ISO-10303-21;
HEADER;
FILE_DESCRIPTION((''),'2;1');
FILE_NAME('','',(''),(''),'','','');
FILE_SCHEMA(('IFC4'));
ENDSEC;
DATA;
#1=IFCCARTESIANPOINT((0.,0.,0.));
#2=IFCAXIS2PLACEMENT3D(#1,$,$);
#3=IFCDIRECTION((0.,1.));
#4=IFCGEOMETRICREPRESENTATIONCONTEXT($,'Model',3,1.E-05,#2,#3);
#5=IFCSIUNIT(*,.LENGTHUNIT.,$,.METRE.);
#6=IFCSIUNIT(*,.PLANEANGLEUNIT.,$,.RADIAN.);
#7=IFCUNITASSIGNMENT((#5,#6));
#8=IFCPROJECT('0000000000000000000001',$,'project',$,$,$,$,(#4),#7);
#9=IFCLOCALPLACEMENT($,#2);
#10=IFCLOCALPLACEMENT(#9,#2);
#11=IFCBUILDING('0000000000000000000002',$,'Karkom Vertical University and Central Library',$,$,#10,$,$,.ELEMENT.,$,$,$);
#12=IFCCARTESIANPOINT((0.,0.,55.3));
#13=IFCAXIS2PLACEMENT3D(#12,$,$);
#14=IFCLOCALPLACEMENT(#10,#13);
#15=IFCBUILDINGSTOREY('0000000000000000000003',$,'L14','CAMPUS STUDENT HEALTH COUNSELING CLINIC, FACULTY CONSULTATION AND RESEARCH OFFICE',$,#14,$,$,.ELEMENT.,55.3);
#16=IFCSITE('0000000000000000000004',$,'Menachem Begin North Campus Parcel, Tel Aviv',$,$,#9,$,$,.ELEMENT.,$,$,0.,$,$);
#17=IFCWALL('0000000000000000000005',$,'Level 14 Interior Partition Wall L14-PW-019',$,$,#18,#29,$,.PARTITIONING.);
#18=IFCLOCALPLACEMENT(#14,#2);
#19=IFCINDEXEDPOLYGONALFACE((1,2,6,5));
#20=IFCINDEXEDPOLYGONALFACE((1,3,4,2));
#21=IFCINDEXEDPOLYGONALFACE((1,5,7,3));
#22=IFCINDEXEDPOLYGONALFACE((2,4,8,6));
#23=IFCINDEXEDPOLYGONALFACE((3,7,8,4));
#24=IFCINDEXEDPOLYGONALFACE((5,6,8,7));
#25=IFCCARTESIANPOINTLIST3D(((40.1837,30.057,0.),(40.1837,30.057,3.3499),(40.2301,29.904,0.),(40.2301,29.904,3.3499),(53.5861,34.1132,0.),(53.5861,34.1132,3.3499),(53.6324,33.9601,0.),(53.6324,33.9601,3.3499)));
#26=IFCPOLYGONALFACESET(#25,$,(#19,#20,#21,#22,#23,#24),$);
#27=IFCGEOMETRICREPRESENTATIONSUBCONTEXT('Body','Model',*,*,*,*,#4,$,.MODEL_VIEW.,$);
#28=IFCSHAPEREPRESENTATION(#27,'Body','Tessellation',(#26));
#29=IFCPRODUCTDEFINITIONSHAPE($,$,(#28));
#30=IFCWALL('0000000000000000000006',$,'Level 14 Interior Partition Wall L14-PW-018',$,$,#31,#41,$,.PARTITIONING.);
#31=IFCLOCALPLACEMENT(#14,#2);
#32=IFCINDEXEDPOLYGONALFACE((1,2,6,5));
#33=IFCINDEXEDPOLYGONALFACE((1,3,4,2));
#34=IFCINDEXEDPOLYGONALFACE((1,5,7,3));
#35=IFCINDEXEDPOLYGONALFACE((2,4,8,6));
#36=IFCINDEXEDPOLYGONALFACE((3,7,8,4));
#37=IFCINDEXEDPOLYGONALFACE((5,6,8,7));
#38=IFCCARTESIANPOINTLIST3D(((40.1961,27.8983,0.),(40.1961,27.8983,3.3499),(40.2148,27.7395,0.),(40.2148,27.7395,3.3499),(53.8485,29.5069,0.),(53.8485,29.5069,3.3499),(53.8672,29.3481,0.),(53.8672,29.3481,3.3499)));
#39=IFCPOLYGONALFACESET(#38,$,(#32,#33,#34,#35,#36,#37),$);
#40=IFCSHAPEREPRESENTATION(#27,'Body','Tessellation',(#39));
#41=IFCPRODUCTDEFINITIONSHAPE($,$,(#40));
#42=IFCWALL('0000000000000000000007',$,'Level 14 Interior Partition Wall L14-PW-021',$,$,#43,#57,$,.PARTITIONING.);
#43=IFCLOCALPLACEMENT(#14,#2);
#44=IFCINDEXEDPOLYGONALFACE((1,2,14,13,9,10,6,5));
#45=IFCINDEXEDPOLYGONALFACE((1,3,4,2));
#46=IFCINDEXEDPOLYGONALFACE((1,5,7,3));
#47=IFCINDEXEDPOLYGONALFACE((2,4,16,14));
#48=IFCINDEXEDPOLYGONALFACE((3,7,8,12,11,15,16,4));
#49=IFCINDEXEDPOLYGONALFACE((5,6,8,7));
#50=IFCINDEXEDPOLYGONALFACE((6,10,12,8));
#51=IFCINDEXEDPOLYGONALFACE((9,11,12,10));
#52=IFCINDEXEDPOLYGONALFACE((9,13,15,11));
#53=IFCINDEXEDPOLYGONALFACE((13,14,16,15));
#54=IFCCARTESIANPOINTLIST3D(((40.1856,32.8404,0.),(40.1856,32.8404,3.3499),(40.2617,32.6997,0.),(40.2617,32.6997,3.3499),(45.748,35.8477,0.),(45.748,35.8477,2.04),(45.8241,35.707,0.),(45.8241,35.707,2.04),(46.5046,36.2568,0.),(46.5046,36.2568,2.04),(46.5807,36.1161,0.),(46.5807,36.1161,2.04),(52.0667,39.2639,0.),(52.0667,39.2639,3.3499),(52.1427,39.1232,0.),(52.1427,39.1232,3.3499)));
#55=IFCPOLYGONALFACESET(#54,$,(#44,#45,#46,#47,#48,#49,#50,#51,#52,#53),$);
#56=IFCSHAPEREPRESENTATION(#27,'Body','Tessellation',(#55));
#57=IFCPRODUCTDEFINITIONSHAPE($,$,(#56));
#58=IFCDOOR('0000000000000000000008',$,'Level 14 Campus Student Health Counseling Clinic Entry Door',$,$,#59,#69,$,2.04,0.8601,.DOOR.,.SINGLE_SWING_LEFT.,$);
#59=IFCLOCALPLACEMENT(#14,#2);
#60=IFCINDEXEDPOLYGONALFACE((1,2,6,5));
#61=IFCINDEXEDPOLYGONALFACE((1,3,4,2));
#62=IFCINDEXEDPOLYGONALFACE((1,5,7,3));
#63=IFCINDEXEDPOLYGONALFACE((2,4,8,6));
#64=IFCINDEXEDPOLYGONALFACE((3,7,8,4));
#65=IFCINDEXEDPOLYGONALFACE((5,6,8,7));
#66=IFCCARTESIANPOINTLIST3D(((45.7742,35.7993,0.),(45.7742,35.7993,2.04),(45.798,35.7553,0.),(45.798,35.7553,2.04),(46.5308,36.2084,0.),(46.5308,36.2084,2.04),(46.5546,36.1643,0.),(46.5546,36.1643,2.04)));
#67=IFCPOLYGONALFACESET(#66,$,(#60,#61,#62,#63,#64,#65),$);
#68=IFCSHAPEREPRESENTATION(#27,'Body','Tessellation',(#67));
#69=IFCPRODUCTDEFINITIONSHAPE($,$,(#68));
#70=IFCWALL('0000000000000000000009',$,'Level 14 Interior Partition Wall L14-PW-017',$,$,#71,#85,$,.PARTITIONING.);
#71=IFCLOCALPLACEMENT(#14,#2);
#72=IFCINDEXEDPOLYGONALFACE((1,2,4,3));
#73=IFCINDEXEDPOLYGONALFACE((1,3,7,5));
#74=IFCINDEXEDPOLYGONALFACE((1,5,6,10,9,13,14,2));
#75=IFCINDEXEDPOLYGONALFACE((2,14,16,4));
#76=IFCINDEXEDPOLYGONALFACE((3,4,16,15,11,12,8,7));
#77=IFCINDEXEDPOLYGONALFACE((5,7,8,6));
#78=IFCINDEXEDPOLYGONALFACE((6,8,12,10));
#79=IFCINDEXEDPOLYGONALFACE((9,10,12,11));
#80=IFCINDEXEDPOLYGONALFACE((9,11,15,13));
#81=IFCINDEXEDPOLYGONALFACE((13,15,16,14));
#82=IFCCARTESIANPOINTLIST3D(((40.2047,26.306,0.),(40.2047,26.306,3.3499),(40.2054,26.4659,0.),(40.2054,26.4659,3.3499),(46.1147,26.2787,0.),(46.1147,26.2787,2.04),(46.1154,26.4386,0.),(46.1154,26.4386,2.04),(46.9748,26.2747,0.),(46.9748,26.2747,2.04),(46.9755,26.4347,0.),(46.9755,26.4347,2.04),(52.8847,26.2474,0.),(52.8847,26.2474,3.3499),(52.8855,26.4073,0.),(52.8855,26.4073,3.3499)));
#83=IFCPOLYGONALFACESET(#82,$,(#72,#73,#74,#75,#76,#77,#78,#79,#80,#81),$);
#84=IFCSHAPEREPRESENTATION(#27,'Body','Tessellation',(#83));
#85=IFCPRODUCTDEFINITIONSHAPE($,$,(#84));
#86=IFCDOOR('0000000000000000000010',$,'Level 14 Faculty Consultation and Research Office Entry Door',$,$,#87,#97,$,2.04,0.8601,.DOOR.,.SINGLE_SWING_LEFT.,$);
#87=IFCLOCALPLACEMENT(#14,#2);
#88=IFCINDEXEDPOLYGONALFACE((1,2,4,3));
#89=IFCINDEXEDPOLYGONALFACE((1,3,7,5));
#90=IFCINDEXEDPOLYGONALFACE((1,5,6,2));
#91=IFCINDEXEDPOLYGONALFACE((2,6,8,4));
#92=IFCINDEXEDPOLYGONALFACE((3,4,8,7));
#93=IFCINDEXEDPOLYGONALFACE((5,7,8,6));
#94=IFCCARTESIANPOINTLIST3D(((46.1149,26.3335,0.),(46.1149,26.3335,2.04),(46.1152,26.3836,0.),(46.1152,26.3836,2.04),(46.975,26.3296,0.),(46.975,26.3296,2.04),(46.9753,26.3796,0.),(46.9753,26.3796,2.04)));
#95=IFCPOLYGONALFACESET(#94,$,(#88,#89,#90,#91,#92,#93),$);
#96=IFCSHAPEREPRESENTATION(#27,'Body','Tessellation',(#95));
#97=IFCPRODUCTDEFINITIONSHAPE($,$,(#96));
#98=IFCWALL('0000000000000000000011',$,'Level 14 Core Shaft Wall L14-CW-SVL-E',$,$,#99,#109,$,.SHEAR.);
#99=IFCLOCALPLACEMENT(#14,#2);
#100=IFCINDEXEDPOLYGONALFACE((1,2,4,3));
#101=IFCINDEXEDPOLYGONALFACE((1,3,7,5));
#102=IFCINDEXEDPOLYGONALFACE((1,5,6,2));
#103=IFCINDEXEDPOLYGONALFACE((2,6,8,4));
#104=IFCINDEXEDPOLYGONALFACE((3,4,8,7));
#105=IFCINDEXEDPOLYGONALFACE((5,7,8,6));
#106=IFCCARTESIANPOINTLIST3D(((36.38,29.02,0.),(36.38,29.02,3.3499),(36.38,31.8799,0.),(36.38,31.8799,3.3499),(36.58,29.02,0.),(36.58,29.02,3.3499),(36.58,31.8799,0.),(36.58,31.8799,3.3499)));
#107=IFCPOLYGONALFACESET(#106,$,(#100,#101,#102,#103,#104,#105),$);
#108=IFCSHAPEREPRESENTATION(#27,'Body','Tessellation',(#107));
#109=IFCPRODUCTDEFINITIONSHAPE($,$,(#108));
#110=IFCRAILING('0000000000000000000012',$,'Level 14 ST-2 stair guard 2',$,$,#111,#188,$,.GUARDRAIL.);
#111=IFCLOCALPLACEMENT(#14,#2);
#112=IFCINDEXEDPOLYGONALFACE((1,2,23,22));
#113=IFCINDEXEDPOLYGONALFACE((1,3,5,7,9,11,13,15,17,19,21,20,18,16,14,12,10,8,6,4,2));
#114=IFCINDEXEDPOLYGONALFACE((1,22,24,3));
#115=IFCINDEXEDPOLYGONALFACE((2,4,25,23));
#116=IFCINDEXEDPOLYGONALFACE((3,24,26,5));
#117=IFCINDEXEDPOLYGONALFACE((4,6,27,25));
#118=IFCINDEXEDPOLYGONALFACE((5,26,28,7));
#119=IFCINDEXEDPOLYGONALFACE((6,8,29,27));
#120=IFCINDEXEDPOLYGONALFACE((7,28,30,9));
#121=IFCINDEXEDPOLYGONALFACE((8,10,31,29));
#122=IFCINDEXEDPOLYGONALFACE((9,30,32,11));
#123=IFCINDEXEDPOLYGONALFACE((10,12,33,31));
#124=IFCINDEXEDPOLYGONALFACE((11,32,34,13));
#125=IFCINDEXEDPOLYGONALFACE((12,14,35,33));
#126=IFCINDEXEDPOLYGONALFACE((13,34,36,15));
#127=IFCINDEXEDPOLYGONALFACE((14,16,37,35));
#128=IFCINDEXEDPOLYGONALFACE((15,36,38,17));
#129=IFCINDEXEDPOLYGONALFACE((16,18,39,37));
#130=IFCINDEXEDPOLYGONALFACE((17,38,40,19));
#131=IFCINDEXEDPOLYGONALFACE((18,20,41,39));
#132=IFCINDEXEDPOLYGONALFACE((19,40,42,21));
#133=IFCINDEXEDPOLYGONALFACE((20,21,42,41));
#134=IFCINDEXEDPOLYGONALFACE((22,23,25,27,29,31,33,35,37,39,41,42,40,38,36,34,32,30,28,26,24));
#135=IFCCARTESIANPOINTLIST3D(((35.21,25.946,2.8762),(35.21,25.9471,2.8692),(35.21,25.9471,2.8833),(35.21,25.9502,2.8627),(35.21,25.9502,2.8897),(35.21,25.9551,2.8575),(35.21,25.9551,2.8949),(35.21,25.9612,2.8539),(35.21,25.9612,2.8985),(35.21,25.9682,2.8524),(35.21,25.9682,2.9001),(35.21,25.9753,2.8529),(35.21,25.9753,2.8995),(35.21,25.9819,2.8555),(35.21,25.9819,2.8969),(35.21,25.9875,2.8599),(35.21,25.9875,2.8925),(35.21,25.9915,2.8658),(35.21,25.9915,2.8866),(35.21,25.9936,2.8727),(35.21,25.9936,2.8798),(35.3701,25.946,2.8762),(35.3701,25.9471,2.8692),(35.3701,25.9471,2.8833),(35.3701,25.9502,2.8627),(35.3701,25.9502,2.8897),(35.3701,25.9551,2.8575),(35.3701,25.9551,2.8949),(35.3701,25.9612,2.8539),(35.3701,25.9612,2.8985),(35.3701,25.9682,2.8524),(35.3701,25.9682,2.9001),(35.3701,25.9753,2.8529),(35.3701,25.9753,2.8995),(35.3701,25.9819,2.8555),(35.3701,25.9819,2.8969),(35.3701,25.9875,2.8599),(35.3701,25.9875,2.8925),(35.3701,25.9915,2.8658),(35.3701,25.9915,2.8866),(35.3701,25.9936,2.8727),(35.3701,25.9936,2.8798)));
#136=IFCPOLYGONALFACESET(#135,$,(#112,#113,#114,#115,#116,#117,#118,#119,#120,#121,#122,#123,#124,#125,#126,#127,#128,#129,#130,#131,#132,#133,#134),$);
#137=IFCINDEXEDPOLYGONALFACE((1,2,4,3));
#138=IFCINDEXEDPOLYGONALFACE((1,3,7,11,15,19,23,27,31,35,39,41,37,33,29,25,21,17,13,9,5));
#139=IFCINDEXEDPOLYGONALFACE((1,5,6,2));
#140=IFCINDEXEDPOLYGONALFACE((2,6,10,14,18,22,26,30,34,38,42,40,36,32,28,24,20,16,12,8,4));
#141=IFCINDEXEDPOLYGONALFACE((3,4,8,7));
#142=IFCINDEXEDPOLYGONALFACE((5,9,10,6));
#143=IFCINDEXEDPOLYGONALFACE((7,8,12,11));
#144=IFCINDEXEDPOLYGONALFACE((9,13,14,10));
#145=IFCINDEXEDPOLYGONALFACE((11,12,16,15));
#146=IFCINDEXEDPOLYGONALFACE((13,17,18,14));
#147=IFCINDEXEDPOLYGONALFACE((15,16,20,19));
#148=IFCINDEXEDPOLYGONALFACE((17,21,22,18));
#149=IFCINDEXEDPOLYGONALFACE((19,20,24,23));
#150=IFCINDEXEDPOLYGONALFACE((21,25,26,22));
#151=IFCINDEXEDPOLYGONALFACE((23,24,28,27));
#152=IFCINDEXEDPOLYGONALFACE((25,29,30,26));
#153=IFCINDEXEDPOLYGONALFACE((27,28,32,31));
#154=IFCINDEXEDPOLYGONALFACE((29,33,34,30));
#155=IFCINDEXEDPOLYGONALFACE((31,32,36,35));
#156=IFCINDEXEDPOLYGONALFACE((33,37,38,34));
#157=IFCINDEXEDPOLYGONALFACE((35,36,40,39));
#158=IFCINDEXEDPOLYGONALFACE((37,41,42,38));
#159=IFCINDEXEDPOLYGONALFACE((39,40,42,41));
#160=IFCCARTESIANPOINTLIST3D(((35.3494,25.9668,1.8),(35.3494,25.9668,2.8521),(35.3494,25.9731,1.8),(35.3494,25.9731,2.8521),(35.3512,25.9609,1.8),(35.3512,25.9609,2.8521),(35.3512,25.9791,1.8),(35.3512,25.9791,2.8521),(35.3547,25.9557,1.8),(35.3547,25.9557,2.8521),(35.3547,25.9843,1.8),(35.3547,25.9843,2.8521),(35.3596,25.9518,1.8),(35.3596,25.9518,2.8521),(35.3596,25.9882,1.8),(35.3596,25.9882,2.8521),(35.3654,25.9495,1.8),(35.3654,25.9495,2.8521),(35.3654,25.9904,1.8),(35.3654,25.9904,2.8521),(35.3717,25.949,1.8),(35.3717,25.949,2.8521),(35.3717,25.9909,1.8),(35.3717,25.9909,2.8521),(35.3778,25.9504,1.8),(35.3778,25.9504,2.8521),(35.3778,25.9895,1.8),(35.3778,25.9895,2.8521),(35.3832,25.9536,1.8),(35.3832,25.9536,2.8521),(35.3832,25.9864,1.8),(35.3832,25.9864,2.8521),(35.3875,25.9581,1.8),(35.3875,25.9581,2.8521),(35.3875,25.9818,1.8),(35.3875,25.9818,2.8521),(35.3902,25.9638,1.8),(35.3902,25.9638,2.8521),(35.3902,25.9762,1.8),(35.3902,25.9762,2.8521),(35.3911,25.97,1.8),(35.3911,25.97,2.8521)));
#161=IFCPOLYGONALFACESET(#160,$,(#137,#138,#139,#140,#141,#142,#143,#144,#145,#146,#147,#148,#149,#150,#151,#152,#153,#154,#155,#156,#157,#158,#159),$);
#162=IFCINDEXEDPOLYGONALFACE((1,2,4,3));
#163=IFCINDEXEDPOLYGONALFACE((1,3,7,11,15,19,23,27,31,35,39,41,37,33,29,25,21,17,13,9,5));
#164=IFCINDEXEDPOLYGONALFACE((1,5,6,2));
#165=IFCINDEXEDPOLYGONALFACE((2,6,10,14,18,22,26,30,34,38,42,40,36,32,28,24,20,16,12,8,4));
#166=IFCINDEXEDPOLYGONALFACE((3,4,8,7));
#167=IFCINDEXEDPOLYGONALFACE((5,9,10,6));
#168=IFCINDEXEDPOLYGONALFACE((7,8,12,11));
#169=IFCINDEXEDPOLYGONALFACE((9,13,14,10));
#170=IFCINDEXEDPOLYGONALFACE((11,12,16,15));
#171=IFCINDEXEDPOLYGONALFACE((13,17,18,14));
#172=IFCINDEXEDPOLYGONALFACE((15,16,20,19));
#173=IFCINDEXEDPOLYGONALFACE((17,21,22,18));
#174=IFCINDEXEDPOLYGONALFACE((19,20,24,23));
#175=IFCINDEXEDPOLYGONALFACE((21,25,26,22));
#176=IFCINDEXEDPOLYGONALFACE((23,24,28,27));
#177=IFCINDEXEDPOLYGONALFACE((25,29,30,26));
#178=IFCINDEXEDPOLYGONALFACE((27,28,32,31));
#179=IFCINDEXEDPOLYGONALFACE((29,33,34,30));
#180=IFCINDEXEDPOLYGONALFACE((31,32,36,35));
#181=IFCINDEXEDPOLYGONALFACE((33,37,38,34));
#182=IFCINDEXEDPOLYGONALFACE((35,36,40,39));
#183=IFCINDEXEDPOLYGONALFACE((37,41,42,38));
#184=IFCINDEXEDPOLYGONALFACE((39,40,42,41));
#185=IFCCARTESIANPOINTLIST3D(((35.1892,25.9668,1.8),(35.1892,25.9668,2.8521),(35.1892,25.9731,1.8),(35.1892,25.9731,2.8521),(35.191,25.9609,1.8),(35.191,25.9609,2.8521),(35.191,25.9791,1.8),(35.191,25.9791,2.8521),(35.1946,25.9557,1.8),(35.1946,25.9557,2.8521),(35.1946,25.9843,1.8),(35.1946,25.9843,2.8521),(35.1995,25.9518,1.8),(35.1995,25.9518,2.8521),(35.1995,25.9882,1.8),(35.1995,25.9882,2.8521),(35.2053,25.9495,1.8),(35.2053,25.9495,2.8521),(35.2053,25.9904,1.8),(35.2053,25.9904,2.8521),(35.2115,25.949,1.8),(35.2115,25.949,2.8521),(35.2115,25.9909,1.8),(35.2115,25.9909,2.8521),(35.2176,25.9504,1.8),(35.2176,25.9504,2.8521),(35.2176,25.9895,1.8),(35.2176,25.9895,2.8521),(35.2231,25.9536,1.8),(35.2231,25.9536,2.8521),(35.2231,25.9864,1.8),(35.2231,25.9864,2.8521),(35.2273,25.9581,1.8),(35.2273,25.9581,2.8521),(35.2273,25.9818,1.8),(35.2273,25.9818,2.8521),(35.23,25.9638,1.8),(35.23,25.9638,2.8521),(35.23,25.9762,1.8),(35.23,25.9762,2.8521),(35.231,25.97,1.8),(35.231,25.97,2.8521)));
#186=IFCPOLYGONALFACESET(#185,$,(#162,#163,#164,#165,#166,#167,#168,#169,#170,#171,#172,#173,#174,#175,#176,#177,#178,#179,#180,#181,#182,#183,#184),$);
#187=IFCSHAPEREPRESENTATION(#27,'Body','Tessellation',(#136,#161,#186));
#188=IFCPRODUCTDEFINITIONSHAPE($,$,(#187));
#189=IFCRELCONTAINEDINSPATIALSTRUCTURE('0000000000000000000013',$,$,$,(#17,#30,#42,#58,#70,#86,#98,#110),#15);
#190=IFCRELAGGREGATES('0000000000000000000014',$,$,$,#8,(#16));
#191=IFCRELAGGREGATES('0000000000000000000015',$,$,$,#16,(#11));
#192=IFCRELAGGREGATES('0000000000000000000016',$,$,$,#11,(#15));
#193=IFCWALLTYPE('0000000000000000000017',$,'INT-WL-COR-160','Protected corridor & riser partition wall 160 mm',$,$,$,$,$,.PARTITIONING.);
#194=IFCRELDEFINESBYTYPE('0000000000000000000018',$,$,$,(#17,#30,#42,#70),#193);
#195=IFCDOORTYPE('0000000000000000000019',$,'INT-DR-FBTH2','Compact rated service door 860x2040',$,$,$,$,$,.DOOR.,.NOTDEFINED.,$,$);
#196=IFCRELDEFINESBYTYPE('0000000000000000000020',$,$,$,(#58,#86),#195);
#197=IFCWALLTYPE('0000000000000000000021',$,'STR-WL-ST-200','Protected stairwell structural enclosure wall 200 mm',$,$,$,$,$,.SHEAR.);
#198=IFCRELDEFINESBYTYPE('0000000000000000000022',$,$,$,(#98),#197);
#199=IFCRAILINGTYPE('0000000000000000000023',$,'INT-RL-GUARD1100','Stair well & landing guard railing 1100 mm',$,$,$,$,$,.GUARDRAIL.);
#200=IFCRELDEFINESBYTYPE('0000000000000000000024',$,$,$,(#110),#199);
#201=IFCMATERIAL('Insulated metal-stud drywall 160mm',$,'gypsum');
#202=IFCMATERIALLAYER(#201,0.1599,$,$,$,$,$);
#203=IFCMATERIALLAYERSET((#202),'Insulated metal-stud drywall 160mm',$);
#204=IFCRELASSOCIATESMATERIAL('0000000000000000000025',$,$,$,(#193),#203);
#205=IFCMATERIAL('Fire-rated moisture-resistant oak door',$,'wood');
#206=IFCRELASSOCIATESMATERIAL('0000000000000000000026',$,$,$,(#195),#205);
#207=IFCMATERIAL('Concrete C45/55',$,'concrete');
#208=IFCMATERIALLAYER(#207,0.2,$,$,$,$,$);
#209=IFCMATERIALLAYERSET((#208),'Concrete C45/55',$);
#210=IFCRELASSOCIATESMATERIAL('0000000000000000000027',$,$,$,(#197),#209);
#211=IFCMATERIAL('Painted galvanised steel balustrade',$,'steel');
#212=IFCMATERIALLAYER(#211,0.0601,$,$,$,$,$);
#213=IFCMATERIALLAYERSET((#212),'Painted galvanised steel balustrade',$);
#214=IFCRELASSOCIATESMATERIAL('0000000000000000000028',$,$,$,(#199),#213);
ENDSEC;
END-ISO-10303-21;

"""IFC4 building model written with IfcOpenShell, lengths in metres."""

from ifc_helpers import new_model, si_unit, direction, frame, frame_2d, origin, origin_with_axes, origin_2d, place, context, subcontext, project, spatial, rectangle, circle, extrude, source, transform, mapped, material, layer, layer_set, type_object, element, fill, save


model = new_model("IFC4")

# Units and contexts
model_context = context("Model", 3, precision=1e-05, world=origin(), true_north=direction((0.0, 1.0)))
body_context = subcontext(model_context, "Body", "Model", "MODEL_VIEW")
ifc_project = project(units=[si_unit("LENGTHUNIT", "METRE"), si_unit("PLANEANGLEUNIT", "RADIAN")], contexts=[model_context])

# Site, building, storey
site_placement = place(None, origin())
site = spatial("IfcSite", under=ifc_project, at=site_placement, Name="Menachem Begin North Campus Parcel, Tel Aviv", CompositionType="ELEMENT", RefElevation=0.0)
building_placement = place(site_placement, origin())
building = spatial("IfcBuilding", under=site, at=building_placement, Name="Karkom Vertical University and Central Library", CompositionType="ELEMENT")
storey_placement = place(building_placement, frame((0.0, 0.0, 55.3)))
storey = spatial("IfcBuildingStorey", under=building, at=storey_placement, Name="L14", Description="CAMPUS STUDENT HEALTH COUNSELING CLINIC, FACULTY CONSULTATION AND RESEARCH OFFICE", CompositionType="ELEMENT", Elevation=55.3)

# Walls
ifc_material_1 = material(Name="Insulated metal-stud drywall 160mm", Category="gypsum")
ifc_layer_1 = layer(ifc_material_1, 0.1599)
ifc_layer_set_1 = layer_set([ifc_layer_1], Name="Insulated metal-stud drywall 160mm")
wall_type_1 = type_object("IfcWallType", Name="INT-WL-COR-160", Description="Protected corridor & riser partition wall 160 mm", PredefinedType="PARTITIONING", material=ifc_layer_set_1)
wall_1_placement = place(storey_placement, frame((40.2068, 29.9805, 0.0), z_axis=(0.0, 0.0, 1.0), x_axis=(0.957127, 0.28967, 0.0)))
element("IfcWall", 1, at=wall_1_placement, inside=storey, type_object=wall_type_1, Name="Level 14 Interior Partition Wall L14-PW-019", PredefinedType="PARTITIONING", context=body_context, shape_type="SweptSolid", body=[
    extrude(rectangle(XDim=14.0027, YDim=0.1599, at=frame_2d((7.0015, 0.0))), origin(), (0.0, 0.0, 1.0), 3.3499),
])
wall_2_placement = place(storey_placement, frame((40.2053, 27.8188, 0.0), z_axis=(0.0, 0.0, 1.0), x_axis=(0.99313, 0.11702, 0.0)))
element("IfcWall", 2, at=wall_2_placement, inside=storey, type_object=wall_type_1, Name="Level 14 Interior Partition Wall L14-PW-018", PredefinedType="PARTITIONING", context=body_context, shape_type="SweptSolid", body=[
    extrude(rectangle(XDim=13.7468, YDim=0.1599, at=frame_2d((6.8735, 0.0))), origin(), (0.0, 0.0, 1.0), 3.3499),
])

# Walls, openings, doors
wall_3_placement = place(storey_placement, frame((40.2236, 32.77, 0.0), z_axis=(0.0, 0.0, 1.0), x_axis=(0.879664, 0.475595, 0.0)))
wall_3 = element("IfcWall", 3, at=wall_3_placement, inside=storey, type_object=wall_type_1, Name="Level 14 Interior Partition Wall L14-PW-021", PredefinedType="PARTITIONING", context=body_context, shape_type="SweptSolid", body=[
    extrude(rectangle(XDim=13.5063, YDim=0.1599, at=frame_2d((6.7532, 0.0))), origin(), (0.0, 0.0, 1.0), 3.3499),
])
opening_1_placement = place(wall_3_placement, frame((6.3232, 0.0, 0.0)))
opening_1 = element("IfcOpeningElement", 4, at=opening_1_placement, cuts=wall_3, PredefinedType="OPENING", context=body_context, shape_type="SweptSolid", body=[
    extrude(rectangle(XDim=0.8601, YDim=2.04, at=frame_2d((0.4302, 1.02))), frame((0.0, 0.0898, 0.0), z_axis=(0.0, -1.0, 0.0), x_axis=(1.0, 0.0, 0.0)), (0.0, 0.0, 1.0), 0.1799),
])
ifc_material_2 = material(Name="Fire-rated moisture-resistant oak door", Category="wood")
door_type_1 = type_object("IfcDoorType", Name="INT-DR-FBTH2", Description="Compact rated service door 860x2040", OperationType="NOTDEFINED", PredefinedType="DOOR", material=ifc_material_2)
shared_shape_1 = source(origin_with_axes(), body_context, "Body", "SweptSolid", [
    extrude(rectangle(XDim=0.8601, YDim=2.04, at=frame_2d((0.4302, 1.02))), frame((0.0, 0.0249, 0.0), z_axis=(0.0, -1.0, 0.0), x_axis=(1.0, 0.0, 0.0)), (0.0, 0.0, 1.0), 0.05),
])
door_1_placement = place(opening_1_placement, origin())
door_1 = element("IfcDoor", 5, at=door_1_placement, inside=storey, type_object=door_type_1, Name="Level 14 Campus Student Health Counseling Clinic Entry Door", OperationType="SINGLE_SWING_LEFT", OverallHeight=2.04, OverallWidth=0.8601, PredefinedType="DOOR", context=body_context, shape_type="MappedRepresentation", body=[
    mapped(shared_shape_1, transform((0.0, 0.0, 0.0), scale=1.0)),
])
fill(opening_1, door_1)
wall_4_placement = place(storey_placement, frame((40.2051, 26.386, 0.0), z_axis=(0.0, 0.0, 1.0), x_axis=(0.999989, -0.004621, 0.0)))
wall_4 = element("IfcWall", 6, at=wall_4_placement, inside=storey, type_object=wall_type_1, Name="Level 14 Interior Partition Wall L14-PW-017", PredefinedType="PARTITIONING", context=body_context, shape_type="SweptSolid", body=[
    extrude(rectangle(XDim=12.6802, YDim=0.1599, at=frame_2d((6.3401, 0.0))), origin(), (0.0, 0.0, 1.0), 3.3499),
])
opening_2_placement = place(wall_4_placement, frame((5.9099, 0.0, 0.0)))
opening_2 = element("IfcOpeningElement", 7, at=opening_2_placement, cuts=wall_4, PredefinedType="OPENING", context=body_context, shape_type="SweptSolid", body=[
    extrude(rectangle(XDim=0.8601, YDim=2.04, at=frame_2d((0.4302, 1.02))), frame((0.0, 0.0898, 0.0), z_axis=(0.0, -1.0, 0.0), x_axis=(1.0, 0.0, 0.0)), (0.0, 0.0, 1.0), 0.1799),
])
door_2_placement = place(opening_2_placement, origin())
door_2 = element("IfcDoor", 8, at=door_2_placement, inside=storey, type_object=door_type_1, Name="Level 14 Faculty Consultation and Research Office Entry Door", OperationType="SINGLE_SWING_LEFT", OverallHeight=2.04, OverallWidth=0.8601, PredefinedType="DOOR", context=body_context, shape_type="MappedRepresentation", body=[
    mapped(shared_shape_1, transform((0.0, 0.0, 0.0), scale=1.0)),
])
fill(opening_2, door_2)

# Wall
ifc_material_3 = material(Name="Concrete C45/55", Category="concrete")
ifc_layer_2 = layer(ifc_material_3, 0.2)
ifc_layer_set_2 = layer_set([ifc_layer_2], Name="Concrete C45/55")
wall_type_2 = type_object("IfcWallType", Name="STR-WL-ST-200", Description="Protected stairwell structural enclosure wall 200 mm", PredefinedType="SHEAR", material=ifc_layer_set_2)
wall_5_placement = place(storey_placement, frame((36.48, 29.02, 0.0), z_axis=(0.0, 0.0, 1.0), x_axis=(0.0, 1.0, 0.0)))
element("IfcWall", 9, at=wall_5_placement, inside=storey, type_object=wall_type_2, Name="Level 14 Core Shaft Wall L14-CW-SVL-E", PredefinedType="SHEAR", context=body_context, shape_type="SweptSolid", body=[
    extrude(rectangle(XDim=2.8599, YDim=0.2, at=frame_2d((1.4299, 0.0))), origin(), (0.0, 0.0, 1.0), 3.3499),
])

# Railing
ifc_material_4 = material(Name="Painted galvanised steel balustrade", Category="steel")
ifc_layer_3 = layer(ifc_material_4, 0.0601)
ifc_layer_set_3 = layer_set([ifc_layer_3], Name="Painted galvanised steel balustrade")
railing_type = type_object("IfcRailingType", Name="INT-RL-GUARD1100", Description="Stair well & landing guard railing 1100 mm", PredefinedType="GUARDRAIL", material=ifc_layer_set_3)
railing_placement = place(storey_placement, frame((35.3701, 25.97, 1.8)))
element("IfcRailing", 10, at=railing_placement, inside=storey, type_object=railing_type, Name="Level 14 ST-2 stair guard 2", PredefinedType="GUARDRAIL", context=body_context, shape_type="SweptSolid", body=[
    extrude(circle(Radius=0.0239, at=origin_2d()), frame((0.0, 0.0, 1.0762), z_axis=(-1.0, 0.0, 0.0), x_axis=(0.0, -1.0, 0.0)), (0.0, 0.0, 1.0), 0.1602),
    extrude(circle(Radius=0.021, at=origin_2d()), origin(), (0.0, 0.0, 1.0), 1.052),
    extrude(circle(Radius=0.021, at=origin_2d()), frame((-0.1602, 0.0, 0.0)), (0.0, 0.0, 1.0), 1.052),
])

save(model, "model.ifc")
